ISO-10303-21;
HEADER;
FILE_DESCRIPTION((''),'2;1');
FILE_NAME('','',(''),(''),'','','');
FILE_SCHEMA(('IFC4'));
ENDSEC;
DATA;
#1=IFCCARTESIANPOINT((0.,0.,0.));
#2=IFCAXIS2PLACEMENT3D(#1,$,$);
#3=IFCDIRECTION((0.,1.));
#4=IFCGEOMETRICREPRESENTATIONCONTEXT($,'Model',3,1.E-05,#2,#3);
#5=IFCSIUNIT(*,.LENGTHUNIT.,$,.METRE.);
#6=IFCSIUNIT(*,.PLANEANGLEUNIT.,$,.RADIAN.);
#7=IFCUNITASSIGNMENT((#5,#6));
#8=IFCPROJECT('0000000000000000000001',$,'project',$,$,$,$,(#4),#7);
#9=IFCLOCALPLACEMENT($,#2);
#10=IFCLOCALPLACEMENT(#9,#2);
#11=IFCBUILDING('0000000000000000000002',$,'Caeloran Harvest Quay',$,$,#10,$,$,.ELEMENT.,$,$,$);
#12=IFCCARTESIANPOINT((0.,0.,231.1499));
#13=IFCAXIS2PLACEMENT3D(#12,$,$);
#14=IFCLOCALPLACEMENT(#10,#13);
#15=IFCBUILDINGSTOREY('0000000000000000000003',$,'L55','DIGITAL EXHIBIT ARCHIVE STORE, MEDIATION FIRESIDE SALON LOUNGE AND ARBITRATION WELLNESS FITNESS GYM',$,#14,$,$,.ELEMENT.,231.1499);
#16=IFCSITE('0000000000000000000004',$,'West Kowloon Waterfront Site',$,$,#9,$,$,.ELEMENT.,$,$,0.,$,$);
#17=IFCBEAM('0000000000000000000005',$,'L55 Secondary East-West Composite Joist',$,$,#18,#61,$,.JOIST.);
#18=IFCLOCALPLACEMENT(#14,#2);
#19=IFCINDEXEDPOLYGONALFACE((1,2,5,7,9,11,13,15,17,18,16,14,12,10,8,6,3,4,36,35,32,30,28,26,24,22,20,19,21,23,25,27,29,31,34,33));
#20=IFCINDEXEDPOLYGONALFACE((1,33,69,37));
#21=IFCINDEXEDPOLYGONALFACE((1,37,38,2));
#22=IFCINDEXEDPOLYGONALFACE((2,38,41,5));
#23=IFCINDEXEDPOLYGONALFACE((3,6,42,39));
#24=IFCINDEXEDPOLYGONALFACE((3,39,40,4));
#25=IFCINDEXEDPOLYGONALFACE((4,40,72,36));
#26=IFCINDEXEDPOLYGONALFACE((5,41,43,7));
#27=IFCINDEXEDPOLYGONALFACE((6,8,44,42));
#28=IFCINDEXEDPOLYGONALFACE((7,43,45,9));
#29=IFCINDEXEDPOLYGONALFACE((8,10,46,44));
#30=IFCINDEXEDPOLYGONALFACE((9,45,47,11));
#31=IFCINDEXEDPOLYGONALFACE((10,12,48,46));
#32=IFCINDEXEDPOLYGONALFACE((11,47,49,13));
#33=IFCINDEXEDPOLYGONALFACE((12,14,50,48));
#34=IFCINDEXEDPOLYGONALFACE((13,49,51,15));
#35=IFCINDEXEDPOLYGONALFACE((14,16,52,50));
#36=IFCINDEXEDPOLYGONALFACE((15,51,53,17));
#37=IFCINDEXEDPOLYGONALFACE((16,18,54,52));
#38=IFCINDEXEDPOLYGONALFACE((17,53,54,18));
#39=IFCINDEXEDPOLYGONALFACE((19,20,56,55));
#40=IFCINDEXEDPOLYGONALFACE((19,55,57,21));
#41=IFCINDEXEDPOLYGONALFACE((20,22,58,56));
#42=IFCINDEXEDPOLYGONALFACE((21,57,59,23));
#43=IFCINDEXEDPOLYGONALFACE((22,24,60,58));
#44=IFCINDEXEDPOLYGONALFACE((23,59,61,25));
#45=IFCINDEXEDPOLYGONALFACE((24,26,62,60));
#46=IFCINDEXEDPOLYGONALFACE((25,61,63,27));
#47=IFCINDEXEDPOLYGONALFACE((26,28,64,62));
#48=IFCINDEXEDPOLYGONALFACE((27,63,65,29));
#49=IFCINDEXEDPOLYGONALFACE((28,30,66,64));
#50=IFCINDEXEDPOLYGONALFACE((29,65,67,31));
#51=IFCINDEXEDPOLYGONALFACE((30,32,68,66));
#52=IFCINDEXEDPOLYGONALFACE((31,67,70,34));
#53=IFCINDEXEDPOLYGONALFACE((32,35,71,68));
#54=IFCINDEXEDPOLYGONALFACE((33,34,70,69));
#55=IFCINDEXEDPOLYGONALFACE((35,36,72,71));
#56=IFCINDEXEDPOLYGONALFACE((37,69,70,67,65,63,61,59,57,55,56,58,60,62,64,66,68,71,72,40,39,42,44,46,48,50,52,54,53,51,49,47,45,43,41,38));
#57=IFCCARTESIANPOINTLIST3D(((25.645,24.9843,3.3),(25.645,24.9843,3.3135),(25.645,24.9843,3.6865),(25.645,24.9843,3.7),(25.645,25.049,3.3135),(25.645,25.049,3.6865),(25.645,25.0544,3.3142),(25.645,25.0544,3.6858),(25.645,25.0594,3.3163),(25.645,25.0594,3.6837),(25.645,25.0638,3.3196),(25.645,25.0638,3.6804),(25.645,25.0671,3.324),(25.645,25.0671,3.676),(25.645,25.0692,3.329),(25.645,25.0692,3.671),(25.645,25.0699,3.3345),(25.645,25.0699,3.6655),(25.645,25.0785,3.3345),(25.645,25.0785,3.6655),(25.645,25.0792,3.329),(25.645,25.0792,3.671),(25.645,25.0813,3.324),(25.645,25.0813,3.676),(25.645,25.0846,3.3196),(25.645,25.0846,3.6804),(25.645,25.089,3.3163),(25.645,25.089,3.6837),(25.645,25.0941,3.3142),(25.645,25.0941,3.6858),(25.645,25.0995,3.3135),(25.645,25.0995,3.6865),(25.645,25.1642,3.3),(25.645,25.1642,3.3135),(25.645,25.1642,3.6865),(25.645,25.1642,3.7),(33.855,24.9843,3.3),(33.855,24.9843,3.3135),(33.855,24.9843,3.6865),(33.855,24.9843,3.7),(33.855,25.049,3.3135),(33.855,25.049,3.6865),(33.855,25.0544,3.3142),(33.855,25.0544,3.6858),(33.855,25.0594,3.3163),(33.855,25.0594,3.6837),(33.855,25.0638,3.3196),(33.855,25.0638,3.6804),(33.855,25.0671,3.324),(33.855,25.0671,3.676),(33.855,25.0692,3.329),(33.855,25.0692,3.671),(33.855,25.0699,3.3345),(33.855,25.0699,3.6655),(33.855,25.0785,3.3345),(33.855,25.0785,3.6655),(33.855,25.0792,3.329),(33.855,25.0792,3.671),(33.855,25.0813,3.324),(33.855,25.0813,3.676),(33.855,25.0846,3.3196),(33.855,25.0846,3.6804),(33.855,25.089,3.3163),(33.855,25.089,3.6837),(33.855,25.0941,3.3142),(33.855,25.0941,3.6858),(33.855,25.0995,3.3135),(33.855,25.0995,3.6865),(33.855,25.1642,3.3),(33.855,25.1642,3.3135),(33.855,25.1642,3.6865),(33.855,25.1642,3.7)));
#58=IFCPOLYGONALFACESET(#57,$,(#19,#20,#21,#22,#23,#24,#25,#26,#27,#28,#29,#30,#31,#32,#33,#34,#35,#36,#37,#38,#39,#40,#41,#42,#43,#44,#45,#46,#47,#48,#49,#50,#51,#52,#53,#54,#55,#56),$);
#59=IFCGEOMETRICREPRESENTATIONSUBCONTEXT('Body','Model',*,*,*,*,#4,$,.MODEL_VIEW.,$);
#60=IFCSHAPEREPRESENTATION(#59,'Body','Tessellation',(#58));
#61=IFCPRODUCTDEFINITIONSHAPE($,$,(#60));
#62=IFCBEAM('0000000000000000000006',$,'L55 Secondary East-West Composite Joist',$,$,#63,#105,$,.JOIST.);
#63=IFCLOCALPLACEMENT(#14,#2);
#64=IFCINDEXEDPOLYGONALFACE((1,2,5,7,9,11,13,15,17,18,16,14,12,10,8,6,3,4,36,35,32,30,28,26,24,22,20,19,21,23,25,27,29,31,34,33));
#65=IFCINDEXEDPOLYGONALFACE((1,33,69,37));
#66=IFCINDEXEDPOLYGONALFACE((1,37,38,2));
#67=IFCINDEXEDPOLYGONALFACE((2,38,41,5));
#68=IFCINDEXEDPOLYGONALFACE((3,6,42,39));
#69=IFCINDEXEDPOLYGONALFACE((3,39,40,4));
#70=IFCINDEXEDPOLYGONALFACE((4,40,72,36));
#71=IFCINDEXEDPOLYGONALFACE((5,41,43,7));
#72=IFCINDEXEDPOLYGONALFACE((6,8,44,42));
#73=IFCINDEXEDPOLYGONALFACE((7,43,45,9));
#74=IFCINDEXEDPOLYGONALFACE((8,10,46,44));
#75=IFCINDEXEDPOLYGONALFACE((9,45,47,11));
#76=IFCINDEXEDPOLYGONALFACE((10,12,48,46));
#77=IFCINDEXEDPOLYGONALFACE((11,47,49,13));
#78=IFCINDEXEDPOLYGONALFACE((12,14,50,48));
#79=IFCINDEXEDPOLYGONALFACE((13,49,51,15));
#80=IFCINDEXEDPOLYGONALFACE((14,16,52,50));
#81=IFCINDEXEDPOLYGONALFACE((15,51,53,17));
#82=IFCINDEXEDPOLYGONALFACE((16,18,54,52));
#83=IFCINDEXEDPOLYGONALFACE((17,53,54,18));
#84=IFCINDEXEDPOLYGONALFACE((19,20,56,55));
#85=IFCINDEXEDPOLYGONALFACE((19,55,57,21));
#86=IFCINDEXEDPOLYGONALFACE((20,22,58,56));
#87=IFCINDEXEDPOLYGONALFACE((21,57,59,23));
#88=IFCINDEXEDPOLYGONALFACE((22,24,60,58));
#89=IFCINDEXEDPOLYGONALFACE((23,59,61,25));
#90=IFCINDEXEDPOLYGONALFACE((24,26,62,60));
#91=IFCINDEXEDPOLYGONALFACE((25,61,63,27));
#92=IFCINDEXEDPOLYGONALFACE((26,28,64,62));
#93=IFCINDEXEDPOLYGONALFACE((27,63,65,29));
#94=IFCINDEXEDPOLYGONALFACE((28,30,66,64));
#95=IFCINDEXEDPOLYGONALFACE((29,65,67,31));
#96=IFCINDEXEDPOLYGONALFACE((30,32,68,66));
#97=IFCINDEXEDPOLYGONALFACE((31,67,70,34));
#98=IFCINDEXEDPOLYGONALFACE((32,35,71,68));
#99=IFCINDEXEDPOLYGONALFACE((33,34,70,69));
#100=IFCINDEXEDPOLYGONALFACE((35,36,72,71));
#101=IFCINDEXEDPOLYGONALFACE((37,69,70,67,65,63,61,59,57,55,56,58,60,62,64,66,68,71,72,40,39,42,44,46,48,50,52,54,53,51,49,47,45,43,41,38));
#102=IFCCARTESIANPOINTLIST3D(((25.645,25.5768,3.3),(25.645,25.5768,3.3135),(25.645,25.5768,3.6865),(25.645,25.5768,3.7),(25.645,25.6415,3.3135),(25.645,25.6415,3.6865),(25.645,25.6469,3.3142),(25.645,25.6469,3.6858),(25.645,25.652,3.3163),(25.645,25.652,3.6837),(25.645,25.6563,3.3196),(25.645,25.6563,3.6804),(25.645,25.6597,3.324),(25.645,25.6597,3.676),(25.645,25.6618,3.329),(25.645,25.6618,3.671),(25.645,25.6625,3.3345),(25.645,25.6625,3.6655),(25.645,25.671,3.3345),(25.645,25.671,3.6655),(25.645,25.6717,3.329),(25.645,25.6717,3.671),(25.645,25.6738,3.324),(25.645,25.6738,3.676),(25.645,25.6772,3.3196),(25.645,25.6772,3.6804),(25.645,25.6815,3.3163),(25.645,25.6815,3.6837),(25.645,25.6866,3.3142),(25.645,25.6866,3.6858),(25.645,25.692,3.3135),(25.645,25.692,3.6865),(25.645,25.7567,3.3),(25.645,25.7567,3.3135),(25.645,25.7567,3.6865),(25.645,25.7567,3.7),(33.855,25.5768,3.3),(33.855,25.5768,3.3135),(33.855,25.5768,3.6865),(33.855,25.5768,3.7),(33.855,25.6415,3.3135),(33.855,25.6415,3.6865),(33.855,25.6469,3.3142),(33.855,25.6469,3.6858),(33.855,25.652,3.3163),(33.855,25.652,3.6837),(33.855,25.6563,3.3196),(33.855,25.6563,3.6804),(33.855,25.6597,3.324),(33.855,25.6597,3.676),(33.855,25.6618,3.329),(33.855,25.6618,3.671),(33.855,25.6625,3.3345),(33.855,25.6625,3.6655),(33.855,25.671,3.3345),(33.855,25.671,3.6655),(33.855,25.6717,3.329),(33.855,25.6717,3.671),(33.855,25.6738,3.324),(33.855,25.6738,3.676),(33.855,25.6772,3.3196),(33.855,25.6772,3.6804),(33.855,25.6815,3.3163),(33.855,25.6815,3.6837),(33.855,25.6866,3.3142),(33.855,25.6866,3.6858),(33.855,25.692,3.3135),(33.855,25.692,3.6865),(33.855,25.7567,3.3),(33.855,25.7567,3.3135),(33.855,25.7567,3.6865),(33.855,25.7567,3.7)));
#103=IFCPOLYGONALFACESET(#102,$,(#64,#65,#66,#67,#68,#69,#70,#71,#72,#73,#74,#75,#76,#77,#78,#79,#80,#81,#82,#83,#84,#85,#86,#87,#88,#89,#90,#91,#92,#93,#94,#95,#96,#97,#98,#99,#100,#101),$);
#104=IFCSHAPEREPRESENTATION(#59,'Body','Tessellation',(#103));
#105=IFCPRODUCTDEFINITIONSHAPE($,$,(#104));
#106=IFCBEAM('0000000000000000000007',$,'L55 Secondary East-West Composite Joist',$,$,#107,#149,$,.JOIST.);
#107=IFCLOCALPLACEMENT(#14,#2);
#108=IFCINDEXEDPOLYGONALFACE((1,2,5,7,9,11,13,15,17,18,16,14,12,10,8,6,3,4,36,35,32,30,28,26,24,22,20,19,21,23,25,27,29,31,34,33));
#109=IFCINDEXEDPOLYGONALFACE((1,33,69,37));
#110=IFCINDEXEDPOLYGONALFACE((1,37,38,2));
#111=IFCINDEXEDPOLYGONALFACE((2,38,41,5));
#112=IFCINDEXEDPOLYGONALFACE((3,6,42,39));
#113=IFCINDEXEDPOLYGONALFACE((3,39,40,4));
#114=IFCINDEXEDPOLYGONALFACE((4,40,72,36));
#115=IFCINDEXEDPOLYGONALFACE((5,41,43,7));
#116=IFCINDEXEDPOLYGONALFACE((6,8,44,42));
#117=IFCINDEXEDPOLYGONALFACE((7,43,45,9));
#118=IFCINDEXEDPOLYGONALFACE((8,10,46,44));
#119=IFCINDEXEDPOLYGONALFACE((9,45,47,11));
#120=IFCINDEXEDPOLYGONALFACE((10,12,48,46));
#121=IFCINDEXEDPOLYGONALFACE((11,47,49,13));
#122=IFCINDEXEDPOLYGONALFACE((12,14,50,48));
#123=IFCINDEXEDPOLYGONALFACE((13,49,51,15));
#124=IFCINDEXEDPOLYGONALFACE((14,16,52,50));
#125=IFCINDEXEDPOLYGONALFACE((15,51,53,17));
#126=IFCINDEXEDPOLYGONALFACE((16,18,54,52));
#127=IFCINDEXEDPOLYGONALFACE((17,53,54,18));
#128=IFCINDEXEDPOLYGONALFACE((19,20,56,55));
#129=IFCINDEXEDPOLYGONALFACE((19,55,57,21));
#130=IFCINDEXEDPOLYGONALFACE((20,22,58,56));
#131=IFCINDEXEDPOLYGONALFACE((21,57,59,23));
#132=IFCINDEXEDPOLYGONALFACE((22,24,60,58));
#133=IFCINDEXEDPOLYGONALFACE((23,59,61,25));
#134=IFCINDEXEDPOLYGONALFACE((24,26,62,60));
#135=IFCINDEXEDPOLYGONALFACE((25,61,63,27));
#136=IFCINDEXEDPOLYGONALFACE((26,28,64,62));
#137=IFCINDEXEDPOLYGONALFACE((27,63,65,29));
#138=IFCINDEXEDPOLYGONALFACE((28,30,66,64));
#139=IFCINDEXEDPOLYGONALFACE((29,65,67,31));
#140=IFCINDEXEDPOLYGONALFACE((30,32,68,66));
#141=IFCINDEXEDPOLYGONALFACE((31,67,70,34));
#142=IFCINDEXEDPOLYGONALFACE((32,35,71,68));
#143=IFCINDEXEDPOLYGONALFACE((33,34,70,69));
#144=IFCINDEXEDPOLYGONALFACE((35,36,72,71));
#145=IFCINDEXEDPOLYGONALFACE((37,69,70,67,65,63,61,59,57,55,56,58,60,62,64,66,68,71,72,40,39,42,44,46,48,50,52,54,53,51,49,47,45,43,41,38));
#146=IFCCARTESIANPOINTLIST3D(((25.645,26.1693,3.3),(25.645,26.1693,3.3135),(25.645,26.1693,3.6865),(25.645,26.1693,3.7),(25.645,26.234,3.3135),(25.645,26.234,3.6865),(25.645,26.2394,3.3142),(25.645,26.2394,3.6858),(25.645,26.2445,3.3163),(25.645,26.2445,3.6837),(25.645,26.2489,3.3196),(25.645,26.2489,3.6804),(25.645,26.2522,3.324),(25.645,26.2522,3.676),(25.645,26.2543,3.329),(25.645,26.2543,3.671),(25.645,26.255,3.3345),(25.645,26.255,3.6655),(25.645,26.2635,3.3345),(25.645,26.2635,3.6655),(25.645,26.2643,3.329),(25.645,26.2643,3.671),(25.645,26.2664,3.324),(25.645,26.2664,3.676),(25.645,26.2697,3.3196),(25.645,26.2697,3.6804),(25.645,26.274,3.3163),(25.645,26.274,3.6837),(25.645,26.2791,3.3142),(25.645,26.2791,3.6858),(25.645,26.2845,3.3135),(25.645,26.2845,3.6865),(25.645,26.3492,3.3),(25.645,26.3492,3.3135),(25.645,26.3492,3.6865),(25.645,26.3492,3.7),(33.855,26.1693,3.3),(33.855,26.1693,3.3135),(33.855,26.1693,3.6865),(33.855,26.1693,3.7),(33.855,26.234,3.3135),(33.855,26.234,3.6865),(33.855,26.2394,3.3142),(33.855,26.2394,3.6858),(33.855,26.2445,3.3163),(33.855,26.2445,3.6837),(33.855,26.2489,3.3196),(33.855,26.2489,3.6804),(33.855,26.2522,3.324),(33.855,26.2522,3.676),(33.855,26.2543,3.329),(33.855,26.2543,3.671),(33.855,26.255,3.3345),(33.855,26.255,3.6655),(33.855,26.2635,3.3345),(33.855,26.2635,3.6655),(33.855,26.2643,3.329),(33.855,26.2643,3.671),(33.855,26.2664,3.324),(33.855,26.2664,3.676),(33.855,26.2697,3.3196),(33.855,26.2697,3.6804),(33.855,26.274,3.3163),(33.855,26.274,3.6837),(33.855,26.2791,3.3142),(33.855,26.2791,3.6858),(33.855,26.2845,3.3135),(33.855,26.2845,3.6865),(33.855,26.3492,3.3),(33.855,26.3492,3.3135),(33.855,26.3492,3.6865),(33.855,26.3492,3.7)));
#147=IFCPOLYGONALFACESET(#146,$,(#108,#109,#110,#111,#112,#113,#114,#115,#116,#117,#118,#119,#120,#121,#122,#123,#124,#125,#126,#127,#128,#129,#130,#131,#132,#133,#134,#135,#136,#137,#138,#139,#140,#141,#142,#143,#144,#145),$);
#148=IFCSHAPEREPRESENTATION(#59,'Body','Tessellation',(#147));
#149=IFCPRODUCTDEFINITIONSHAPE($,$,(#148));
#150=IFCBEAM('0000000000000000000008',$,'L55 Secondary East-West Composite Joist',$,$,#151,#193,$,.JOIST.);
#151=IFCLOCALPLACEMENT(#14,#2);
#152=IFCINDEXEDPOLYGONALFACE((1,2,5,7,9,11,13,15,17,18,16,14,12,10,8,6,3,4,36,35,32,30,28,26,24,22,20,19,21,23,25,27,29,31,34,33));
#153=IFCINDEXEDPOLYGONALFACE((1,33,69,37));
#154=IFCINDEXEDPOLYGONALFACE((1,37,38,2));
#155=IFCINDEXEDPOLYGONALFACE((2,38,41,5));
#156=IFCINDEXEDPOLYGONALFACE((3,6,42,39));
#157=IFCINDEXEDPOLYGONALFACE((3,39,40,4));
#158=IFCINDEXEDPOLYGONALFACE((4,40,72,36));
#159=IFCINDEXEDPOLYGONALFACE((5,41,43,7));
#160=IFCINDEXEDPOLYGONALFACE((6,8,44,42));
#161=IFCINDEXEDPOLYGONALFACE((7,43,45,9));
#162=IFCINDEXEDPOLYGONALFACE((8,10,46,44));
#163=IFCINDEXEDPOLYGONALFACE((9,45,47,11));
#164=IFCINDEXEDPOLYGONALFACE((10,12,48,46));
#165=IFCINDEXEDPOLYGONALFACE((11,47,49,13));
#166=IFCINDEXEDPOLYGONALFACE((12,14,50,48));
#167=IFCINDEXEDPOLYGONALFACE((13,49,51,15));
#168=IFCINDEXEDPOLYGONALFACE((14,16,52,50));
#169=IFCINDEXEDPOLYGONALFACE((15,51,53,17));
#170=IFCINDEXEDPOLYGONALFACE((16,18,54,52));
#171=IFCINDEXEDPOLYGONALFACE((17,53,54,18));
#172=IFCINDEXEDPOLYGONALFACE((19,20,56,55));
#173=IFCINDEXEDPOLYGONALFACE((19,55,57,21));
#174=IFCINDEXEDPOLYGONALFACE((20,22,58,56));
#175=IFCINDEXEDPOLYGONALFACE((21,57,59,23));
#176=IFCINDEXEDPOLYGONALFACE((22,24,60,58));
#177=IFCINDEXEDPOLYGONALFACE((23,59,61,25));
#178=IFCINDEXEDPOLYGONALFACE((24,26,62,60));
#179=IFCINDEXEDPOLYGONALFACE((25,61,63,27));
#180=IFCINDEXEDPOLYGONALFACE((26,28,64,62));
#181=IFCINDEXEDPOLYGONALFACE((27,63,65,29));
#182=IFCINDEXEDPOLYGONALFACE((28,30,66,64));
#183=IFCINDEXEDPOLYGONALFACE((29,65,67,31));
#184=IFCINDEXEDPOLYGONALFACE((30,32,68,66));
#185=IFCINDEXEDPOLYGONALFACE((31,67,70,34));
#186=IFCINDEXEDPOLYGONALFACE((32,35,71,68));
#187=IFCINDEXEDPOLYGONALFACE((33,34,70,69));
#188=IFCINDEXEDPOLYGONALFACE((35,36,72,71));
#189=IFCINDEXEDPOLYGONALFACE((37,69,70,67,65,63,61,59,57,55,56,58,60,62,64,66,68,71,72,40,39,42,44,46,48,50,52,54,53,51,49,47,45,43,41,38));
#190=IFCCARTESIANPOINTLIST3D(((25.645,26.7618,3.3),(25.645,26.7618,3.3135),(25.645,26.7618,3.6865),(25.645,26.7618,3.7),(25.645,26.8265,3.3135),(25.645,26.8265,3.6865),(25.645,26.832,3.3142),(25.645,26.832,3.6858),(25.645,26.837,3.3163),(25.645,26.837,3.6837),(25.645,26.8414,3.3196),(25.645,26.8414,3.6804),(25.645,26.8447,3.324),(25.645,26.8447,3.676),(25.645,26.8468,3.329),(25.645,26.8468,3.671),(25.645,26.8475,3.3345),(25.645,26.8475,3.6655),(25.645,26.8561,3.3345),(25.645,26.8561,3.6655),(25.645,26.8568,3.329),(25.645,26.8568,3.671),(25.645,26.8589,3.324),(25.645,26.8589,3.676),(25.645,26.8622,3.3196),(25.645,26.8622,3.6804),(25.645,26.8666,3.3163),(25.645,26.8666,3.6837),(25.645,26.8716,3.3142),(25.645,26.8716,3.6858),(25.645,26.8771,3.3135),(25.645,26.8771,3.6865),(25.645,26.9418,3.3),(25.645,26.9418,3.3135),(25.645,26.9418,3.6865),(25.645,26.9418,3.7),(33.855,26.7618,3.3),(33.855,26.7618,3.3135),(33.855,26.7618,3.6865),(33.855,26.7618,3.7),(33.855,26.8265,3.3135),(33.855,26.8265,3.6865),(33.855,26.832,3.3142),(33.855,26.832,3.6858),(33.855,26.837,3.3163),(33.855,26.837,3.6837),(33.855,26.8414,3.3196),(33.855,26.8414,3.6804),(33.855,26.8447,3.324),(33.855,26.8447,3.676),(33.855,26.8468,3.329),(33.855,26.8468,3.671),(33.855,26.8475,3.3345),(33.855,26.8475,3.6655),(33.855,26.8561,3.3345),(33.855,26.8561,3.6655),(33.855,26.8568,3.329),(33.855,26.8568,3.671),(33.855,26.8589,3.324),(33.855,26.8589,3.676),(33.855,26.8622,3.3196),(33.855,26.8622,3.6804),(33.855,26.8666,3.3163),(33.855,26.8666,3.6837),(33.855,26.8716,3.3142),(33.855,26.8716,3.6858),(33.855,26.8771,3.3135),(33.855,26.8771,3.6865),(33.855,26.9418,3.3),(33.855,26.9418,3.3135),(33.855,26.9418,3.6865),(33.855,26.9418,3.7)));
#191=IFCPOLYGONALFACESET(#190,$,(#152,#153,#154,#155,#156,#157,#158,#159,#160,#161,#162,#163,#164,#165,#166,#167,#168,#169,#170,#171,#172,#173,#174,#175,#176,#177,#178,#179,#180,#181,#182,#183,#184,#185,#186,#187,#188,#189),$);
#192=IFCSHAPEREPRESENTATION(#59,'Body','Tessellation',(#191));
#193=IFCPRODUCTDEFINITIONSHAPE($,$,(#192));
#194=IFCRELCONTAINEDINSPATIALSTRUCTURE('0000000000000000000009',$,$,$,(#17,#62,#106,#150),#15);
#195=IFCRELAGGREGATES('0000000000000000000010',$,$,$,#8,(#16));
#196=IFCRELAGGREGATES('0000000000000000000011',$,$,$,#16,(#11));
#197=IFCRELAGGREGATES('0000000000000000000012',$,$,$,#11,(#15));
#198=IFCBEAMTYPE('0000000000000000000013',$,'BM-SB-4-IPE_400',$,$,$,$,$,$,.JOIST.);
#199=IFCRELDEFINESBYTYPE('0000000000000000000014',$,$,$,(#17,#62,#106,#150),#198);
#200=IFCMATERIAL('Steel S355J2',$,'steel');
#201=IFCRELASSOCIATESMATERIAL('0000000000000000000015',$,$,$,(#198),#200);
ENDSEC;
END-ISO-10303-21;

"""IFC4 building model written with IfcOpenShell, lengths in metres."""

from ifc_helpers import new_model, si_unit, direction, frame, origin, origin_2d, place, context, subcontext, project, spatial, i_section, extrude, material, material_profile, profile_set, type_object, element, save


model = new_model("IFC4")

# Units and contexts
model_context = context("Model", 3, precision=1e-05, world=origin(), true_north=direction((0.0, 1.0)))
body_context = subcontext(model_context, "Body", "Model", "MODEL_VIEW")
ifc_project = project(units=[si_unit("LENGTHUNIT", "METRE"), si_unit("PLANEANGLEUNIT", "RADIAN")], contexts=[model_context])

# Site, building, storey
site_placement = place(None, origin())
site = spatial("IfcSite", under=ifc_project, at=site_placement, Name="West Kowloon Waterfront Site", CompositionType="ELEMENT", RefElevation=0.0)
building_placement = place(site_placement, origin())
building = spatial("IfcBuilding", under=site, at=building_placement, Name="Caeloran Harvest Quay", CompositionType="ELEMENT")
storey_placement = place(building_placement, frame((0.0, 0.0, 231.1499)))
storey = spatial("IfcBuildingStorey", under=building, at=storey_placement, Name="L55", Description="DIGITAL EXHIBIT ARCHIVE STORE, MEDIATION FIRESIDE SALON LOUNGE AND ARBITRATION WELLNESS FITNESS GYM", CompositionType="ELEMENT", Elevation=231.1499)

# Beams
ifc_material_1 = material(Name="Steel S355J2", Category="steel")
ifc_material_profile_1 = material_profile(ifc_material_1, i_section(OverallWidth=0.1799, OverallDepth=0.3999, WebThickness=0.0085, FlangeThickness=0.0134, FilletRadius=0.021, at=origin_2d()), Name="IPE 400")
ifc_profile_set_1 = profile_set([ifc_material_profile_1], Name="Steel S355J2")
beam_type_1 = type_object("IfcBeamType", Name="BM-SB-4-IPE_400", PredefinedType="JOIST", material=ifc_profile_set_1)
for number, where, z_axis, x_axis, name in (
    (1, (25.645, 25.0742, 3.5), (1.0, 0.0, 0.0), (0.0, 1.0, 0.0), "L55 Secondary East-West Composite Joist"),
    (2, (25.645, 25.6667, 3.5), (1.0, 0.0, 0.0), (0.0, 1.0, 0.0), "L55 Secondary East-West Composite Joist"),
    (3, (25.645, 26.2593, 3.5), (1.0, 0.0, 0.0), (0.0, 1.0, 0.0), "L55 Secondary East-West Composite Joist"),
    (4, (25.645, 26.8518, 3.5), (1.0, 0.0, 0.0), (0.0, 1.0, 0.0), "L55 Secondary East-West Composite Joist"),
):
    element("IfcBeam", number, at=place(storey_placement, frame(where, z_axis=z_axis, x_axis=x_axis)), inside=storey, type_object=beam_type_1, Name=name, PredefinedType="JOIST", context=body_context, shape_type="SweptSolid", body=[
        extrude(i_section(OverallWidth=0.1799, OverallDepth=0.3999, WebThickness=0.0085, FlangeThickness=0.0134, FilletRadius=0.021, at=origin_2d()), origin(), (0.0, 0.0, 1.0), 8.21),
    ])

save(model, "model.ifc")
